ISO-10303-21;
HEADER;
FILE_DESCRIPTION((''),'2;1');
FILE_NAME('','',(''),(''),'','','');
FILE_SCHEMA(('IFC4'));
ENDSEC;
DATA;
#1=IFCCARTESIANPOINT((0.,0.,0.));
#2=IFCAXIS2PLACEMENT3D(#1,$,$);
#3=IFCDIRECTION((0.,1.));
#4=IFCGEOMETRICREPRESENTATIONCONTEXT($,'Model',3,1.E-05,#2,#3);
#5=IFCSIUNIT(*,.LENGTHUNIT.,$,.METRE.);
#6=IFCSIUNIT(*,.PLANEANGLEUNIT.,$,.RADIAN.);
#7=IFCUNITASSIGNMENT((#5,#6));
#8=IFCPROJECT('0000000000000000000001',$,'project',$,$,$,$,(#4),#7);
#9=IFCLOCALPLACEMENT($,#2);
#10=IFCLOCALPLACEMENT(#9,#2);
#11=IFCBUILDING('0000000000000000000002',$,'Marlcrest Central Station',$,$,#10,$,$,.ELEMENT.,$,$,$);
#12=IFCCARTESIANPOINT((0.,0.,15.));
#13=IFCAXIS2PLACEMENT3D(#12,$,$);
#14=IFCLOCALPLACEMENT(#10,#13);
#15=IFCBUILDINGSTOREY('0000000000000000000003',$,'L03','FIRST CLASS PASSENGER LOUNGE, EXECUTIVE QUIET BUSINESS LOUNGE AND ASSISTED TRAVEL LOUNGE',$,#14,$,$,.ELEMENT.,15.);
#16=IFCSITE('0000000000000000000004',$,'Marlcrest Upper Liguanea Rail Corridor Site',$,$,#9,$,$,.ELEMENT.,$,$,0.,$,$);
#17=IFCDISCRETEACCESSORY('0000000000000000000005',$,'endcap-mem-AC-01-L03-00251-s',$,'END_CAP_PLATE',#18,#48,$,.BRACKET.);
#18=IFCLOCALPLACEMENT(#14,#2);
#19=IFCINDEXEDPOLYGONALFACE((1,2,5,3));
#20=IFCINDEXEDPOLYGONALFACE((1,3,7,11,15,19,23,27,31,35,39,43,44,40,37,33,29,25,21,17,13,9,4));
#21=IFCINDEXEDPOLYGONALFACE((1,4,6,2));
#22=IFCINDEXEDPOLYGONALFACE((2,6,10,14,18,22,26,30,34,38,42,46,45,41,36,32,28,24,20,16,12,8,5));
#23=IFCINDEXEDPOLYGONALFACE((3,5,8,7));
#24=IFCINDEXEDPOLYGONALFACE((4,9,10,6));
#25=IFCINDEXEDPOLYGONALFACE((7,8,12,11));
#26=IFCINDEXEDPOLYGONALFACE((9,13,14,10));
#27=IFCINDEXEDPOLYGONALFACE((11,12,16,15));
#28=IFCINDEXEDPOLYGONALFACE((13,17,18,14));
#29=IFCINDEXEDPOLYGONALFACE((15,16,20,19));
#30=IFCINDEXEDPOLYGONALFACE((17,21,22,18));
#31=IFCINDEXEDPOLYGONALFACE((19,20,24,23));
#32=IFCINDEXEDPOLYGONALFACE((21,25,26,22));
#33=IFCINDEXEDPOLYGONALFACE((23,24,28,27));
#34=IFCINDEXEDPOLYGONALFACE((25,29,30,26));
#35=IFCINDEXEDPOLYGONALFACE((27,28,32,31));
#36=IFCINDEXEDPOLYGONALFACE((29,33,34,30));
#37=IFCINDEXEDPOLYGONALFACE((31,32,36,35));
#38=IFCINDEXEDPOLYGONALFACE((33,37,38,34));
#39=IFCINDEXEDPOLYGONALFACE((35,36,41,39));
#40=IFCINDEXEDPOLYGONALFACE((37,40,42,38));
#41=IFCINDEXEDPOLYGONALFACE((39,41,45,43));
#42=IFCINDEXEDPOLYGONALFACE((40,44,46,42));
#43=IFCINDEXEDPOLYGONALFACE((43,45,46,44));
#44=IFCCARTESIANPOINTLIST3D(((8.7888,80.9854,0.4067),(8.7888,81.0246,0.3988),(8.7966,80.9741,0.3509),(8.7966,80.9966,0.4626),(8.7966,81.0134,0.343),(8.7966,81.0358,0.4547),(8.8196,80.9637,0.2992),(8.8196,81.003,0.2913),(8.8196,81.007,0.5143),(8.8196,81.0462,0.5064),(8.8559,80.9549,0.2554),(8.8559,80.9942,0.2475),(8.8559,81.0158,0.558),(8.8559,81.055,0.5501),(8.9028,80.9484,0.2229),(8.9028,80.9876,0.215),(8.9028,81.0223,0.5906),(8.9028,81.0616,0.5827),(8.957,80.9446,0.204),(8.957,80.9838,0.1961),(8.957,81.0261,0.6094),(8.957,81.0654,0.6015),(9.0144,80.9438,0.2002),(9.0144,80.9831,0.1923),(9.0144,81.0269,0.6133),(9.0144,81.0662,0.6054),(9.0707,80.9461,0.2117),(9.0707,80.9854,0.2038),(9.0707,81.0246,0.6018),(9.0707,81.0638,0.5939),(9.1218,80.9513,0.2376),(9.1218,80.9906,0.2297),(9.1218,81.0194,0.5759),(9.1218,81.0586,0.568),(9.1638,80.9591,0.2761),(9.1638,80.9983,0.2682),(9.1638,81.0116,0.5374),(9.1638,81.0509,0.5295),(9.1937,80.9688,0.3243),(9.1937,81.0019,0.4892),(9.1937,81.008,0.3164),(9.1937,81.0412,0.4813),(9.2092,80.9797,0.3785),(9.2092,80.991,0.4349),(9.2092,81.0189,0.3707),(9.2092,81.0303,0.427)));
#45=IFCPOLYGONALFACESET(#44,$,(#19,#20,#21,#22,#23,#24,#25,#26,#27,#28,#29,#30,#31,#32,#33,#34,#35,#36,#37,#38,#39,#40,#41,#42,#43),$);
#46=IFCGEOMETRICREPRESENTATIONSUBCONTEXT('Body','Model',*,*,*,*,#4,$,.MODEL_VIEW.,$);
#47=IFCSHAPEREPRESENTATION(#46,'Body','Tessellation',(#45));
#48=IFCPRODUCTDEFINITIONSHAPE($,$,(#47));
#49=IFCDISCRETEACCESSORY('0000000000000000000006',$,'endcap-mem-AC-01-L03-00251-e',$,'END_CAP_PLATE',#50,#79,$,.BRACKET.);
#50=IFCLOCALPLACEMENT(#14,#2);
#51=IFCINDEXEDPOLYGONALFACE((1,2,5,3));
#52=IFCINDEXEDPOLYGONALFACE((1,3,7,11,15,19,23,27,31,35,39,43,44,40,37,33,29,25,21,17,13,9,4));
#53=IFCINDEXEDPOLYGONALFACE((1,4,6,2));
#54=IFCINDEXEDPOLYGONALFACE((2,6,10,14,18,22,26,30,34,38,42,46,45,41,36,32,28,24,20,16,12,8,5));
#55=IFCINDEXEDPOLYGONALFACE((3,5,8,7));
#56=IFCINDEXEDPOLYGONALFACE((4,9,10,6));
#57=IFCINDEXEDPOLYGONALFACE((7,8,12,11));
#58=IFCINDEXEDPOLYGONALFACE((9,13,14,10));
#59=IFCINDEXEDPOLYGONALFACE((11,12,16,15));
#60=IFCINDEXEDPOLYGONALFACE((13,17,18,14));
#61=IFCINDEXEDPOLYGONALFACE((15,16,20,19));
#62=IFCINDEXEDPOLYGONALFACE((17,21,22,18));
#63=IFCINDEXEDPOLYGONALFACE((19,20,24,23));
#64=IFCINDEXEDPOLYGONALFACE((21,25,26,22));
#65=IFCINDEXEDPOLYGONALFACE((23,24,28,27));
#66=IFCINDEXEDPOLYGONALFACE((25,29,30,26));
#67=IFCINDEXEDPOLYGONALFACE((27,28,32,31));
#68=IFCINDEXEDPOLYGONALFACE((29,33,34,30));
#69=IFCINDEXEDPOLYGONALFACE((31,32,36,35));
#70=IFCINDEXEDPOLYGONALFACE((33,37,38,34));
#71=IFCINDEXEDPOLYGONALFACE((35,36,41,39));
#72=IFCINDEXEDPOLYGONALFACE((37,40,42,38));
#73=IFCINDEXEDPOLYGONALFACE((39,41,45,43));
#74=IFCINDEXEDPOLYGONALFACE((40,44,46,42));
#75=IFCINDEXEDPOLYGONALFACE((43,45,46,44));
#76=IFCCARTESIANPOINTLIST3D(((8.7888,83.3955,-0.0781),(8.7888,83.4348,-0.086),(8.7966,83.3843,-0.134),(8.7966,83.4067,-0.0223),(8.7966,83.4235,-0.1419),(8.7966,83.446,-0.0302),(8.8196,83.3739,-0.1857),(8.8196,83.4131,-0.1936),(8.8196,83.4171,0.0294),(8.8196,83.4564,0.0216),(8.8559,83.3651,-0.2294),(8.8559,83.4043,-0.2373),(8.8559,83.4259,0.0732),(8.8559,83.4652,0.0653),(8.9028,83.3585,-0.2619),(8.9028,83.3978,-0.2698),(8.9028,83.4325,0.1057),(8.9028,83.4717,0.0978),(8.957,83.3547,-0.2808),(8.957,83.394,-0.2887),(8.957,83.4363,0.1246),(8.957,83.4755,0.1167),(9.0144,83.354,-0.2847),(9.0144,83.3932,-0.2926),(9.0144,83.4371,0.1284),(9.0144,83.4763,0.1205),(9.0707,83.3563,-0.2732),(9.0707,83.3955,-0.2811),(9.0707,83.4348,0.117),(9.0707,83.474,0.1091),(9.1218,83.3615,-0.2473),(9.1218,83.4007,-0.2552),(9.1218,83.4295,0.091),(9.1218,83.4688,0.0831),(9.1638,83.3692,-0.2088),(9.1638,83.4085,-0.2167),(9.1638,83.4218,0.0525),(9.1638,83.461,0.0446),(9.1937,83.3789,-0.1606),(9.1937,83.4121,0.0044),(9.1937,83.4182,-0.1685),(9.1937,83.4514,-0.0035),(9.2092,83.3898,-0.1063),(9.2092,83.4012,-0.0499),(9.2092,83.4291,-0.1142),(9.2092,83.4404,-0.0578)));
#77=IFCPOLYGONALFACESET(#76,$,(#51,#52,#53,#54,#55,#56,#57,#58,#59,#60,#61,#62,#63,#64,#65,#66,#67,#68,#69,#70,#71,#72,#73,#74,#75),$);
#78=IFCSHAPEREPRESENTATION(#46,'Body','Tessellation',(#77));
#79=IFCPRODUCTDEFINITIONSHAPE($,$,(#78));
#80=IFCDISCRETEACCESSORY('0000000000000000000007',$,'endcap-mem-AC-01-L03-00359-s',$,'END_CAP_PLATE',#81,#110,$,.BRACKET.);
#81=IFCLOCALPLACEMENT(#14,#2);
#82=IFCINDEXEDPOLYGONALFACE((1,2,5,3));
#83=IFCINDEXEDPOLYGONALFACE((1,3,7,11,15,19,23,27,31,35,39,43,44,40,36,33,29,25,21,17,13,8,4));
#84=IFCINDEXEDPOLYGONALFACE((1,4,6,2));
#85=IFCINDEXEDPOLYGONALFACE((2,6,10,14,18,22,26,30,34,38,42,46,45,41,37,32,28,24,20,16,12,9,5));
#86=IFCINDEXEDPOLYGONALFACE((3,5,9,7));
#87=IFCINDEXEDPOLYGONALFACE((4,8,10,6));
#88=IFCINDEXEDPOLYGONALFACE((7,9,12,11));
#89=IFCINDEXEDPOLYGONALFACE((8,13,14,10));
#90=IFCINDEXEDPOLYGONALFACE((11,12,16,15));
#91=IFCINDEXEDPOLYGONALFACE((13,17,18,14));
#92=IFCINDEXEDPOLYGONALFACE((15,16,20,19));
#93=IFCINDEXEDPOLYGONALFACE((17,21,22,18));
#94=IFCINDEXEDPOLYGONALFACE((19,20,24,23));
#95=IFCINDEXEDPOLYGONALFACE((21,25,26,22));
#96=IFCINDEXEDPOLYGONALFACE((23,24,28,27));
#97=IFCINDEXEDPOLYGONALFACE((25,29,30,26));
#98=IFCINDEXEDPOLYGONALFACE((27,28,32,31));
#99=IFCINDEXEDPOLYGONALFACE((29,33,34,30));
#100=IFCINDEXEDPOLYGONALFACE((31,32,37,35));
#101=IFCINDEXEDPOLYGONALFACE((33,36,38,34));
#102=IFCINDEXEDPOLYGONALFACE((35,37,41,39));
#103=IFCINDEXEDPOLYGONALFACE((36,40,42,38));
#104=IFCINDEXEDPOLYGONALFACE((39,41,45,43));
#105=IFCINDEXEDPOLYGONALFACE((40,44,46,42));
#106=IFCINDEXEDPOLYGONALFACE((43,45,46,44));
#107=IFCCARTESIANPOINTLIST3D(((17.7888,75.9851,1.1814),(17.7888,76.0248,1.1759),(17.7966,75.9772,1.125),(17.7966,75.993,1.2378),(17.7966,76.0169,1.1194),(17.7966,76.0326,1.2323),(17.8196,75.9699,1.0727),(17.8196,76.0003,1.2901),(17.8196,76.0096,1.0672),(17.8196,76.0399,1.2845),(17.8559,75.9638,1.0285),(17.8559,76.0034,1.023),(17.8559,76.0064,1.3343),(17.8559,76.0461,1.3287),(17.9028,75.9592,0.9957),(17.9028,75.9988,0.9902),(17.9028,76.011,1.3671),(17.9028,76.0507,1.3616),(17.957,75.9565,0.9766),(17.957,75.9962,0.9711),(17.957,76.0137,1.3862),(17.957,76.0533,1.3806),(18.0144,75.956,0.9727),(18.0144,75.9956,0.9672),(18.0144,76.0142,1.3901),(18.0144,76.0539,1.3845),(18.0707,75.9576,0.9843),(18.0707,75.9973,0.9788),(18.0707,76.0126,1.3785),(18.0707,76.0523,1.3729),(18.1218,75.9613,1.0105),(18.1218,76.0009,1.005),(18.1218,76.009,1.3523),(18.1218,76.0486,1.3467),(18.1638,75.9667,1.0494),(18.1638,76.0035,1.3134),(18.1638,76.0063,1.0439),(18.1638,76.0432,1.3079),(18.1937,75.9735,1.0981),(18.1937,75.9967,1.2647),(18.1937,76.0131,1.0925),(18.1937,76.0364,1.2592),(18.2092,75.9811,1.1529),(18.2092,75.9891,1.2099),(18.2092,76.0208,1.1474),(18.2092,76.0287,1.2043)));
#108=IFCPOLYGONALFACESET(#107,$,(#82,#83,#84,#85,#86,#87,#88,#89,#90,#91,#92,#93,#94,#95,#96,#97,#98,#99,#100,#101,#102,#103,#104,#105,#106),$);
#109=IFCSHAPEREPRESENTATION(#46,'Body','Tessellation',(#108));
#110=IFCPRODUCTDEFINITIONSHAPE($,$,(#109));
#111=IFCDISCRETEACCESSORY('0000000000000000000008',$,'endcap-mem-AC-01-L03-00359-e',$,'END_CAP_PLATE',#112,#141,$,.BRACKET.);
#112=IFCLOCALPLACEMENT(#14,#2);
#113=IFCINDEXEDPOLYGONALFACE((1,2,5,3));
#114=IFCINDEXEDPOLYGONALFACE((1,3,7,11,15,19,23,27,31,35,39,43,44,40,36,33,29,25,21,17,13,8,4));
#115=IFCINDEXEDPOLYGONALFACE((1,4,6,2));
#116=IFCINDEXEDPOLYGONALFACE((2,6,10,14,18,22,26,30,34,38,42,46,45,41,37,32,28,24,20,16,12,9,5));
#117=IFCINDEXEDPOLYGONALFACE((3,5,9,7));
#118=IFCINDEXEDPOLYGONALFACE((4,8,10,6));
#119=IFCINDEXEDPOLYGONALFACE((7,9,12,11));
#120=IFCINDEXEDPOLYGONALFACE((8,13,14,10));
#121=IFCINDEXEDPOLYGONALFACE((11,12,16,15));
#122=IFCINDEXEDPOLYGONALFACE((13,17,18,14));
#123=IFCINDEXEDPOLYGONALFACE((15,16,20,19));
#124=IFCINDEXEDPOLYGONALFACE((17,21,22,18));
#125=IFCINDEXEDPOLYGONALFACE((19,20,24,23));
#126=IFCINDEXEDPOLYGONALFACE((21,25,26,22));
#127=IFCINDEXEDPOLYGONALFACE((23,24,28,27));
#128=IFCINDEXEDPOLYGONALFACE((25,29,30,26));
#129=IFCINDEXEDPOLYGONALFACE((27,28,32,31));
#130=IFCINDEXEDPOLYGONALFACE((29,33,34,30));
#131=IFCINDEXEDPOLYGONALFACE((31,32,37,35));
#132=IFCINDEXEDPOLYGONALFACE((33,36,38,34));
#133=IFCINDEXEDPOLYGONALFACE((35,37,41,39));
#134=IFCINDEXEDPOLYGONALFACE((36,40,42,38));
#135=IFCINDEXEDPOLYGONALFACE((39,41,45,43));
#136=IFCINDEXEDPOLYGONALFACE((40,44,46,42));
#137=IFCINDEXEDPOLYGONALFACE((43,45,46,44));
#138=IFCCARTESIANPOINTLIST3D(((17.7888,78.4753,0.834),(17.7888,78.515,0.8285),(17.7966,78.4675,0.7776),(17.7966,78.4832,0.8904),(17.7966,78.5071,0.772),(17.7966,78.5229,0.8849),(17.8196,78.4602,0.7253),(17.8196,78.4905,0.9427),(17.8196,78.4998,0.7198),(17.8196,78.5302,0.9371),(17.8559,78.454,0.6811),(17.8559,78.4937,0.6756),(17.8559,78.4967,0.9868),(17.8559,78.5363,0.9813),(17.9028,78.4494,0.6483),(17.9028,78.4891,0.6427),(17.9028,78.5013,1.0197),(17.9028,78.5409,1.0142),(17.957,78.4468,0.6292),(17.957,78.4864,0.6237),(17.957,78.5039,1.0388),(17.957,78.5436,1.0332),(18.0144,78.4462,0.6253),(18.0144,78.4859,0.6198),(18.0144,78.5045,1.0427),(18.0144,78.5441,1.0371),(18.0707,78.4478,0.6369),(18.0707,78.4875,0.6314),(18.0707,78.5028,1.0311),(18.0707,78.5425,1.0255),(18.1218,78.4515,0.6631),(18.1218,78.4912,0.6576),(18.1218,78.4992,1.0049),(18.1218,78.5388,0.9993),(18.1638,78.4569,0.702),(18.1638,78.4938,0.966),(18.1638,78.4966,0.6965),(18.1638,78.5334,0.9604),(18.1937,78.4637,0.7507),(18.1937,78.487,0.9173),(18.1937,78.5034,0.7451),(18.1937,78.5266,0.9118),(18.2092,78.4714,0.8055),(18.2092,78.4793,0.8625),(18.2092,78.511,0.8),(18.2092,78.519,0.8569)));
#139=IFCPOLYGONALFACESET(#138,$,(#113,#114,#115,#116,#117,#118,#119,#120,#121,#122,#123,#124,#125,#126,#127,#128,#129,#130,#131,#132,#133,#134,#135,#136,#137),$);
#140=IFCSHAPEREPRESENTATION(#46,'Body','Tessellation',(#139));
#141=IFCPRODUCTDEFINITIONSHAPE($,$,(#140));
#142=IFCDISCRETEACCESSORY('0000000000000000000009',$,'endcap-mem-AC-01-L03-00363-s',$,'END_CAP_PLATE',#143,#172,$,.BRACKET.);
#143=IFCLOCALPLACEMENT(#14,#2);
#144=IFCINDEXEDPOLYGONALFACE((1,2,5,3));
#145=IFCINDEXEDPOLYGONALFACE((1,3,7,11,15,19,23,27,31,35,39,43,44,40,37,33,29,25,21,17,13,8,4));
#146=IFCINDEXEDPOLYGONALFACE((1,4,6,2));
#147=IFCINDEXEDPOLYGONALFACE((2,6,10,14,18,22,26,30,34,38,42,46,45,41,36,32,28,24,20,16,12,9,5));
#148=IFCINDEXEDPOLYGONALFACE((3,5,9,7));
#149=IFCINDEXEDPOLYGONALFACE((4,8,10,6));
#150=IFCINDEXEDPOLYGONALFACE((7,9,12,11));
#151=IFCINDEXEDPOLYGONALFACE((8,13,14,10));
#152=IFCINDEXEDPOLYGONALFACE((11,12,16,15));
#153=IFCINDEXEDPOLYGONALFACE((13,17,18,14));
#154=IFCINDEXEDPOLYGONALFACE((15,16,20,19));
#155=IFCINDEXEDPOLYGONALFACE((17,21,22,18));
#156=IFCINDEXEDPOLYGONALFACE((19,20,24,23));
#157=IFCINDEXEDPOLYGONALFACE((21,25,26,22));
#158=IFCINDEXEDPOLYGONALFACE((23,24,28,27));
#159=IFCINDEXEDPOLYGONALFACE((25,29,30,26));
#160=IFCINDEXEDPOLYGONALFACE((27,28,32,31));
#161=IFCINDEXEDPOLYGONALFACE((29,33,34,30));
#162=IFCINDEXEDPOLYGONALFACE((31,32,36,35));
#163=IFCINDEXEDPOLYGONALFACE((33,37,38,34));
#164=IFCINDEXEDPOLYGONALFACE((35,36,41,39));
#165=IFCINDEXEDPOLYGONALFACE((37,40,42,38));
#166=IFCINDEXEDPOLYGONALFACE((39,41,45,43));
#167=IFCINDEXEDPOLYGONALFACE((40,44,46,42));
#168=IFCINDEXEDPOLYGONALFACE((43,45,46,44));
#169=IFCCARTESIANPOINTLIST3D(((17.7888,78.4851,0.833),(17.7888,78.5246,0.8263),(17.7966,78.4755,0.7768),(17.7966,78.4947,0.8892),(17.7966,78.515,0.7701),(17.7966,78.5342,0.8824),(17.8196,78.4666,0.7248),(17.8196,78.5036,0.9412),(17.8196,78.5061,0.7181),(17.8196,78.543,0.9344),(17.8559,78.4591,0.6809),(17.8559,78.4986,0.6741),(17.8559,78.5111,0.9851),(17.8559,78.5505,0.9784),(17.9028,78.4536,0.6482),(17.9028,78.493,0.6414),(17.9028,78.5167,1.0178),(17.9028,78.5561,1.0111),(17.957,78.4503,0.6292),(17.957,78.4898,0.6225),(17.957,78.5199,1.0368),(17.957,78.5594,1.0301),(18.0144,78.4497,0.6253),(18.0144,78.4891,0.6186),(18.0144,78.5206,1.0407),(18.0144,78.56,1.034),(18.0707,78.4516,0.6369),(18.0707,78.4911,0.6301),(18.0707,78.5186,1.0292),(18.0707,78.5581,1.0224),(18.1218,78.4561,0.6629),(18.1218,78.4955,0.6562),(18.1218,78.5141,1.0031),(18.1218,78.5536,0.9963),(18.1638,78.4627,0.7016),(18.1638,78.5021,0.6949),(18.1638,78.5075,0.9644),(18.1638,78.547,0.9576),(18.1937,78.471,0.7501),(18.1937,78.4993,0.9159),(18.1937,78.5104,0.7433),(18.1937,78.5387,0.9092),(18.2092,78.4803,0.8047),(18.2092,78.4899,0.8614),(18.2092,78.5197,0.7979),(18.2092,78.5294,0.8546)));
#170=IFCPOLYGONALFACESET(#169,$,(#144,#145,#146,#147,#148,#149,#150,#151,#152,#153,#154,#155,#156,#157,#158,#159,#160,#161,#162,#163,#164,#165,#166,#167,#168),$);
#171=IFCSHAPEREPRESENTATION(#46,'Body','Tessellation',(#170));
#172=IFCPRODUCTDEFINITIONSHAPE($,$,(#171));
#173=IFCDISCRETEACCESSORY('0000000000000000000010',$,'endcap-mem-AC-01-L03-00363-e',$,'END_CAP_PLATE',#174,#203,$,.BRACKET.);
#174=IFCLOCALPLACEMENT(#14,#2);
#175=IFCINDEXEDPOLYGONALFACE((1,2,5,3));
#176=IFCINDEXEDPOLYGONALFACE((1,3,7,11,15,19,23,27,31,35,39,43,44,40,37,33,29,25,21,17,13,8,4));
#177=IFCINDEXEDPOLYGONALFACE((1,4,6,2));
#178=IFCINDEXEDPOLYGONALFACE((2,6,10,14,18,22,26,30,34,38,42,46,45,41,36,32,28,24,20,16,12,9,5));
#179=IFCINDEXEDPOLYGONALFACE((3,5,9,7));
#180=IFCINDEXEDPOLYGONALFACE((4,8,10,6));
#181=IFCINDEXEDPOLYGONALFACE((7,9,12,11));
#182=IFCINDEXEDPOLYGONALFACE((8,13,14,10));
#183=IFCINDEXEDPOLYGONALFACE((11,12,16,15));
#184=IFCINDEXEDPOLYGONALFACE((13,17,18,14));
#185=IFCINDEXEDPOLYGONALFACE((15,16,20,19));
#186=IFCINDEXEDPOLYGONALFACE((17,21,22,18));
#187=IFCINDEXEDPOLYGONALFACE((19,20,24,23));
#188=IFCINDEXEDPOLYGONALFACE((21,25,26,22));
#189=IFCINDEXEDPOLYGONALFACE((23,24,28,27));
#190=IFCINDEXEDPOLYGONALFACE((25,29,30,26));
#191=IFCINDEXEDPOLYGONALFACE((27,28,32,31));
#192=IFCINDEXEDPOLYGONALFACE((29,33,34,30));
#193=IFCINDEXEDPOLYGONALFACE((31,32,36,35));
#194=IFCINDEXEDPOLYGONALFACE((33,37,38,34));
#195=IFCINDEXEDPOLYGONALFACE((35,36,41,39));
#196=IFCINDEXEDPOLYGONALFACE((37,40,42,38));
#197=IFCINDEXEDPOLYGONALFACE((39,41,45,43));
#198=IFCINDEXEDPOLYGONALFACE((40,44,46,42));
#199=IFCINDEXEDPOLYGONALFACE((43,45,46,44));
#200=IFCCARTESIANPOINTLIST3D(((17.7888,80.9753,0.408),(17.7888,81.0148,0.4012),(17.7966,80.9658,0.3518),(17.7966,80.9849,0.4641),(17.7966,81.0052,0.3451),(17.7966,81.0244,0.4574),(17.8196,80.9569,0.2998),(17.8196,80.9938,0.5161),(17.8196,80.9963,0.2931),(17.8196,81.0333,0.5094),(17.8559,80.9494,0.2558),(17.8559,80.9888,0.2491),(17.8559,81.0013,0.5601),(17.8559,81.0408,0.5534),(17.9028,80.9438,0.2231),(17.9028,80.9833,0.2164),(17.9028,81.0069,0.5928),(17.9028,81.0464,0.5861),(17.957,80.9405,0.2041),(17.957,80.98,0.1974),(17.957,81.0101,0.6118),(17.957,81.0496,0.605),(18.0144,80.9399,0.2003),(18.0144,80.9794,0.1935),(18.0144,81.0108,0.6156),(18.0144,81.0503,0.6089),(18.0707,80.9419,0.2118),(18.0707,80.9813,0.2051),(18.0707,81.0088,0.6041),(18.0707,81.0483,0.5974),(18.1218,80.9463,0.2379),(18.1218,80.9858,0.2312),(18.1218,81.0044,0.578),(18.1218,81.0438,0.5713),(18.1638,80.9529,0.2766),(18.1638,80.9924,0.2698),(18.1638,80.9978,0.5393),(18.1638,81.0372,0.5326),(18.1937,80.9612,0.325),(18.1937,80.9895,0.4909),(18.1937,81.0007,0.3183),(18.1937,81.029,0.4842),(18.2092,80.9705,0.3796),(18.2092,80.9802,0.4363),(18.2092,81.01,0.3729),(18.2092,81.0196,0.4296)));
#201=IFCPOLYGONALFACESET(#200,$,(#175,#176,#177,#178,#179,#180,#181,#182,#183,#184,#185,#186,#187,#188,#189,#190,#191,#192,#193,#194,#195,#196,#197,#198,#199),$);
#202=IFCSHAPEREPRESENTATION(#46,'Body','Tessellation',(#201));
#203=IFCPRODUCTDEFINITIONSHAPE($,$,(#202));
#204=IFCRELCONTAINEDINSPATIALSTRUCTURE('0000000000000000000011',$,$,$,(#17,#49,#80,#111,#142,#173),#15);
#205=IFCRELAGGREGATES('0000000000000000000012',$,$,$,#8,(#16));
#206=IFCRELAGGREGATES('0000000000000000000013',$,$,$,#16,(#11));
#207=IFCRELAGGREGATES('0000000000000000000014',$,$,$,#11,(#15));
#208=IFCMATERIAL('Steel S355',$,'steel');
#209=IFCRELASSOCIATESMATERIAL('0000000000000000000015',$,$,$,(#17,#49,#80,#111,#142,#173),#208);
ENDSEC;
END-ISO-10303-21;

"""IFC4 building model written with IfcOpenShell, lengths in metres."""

from ifc_helpers import new_model, si_unit, direction, frame, origin, origin_2d, place, context, subcontext, project, spatial, circle, extrude, material, element, save


model = new_model("IFC4")

# Units and contexts
model_context = context("Model", 3, precision=1e-05, world=origin(), true_north=direction((0.0, 1.0)))
body_context = subcontext(model_context, "Body", "Model", "MODEL_VIEW")
ifc_project = project(units=[si_unit("LENGTHUNIT", "METRE"), si_unit("PLANEANGLEUNIT", "RADIAN")], contexts=[model_context])

# Site, building, storey
site_placement = place(None, origin())
site = spatial("IfcSite", under=ifc_project, at=site_placement, Name="Marlcrest Upper Liguanea Rail Corridor Site", CompositionType="ELEMENT", RefElevation=0.0)
building_placement = place(site_placement, origin())
building = spatial("IfcBuilding", under=site, at=building_placement, Name="Marlcrest Central Station", CompositionType="ELEMENT")
storey_placement = place(building_placement, frame((0.0, 0.0, 15.0)))
storey = spatial("IfcBuildingStorey", under=building, at=storey_placement, Name="L03", Description="FIRST CLASS PASSENGER LOUNGE, EXECUTIVE QUIET BUSINESS LOUNGE AND ASSISTED TRAVEL LOUNGE", CompositionType="ELEMENT", Elevation=15.0)

# Shared definitions
ifc_material_1 = material(Name="Steel S355", Category="steel")

# Discrete accessories
for number, where, z_axis, x_axis, name in (
    (1, (9.0, 80.9854, 0.4067), (0.0, 0.980359, -0.197219), (-1.0, 0.0, 0.0), "endcap-mem-AC-01-L03-00251-s"),
    (2, (9.0, 83.3955, -0.0781), (0.0, 0.980359, -0.197219), (-1.0, 0.0, 0.0), "endcap-mem-AC-01-L03-00251-e"),
    (3, (18.0, 75.9851, 1.1814), (0.0, 0.990403, -0.138211), (-1.0, 0.0, 0.0), "endcap-mem-AC-01-L03-00359-s"),
    (4, (18.0, 78.4753, 0.834), (0.0, 0.990403, -0.138211), (-1.0, 0.0, 0.0), "endcap-mem-AC-01-L03-00359-e"),
    (5, (18.0, 78.4851, 0.833), (0.0, 0.985741, -0.168269), (-1.0, 0.0, 0.0), "endcap-mem-AC-01-L03-00363-s"),
    (6, (18.0, 80.9753, 0.408), (0.0, 0.985741, -0.168269), (-1.0, 0.0, 0.0), "endcap-mem-AC-01-L03-00363-e"),
):
    element("IfcDiscreteAccessory", number, at=place(storey_placement, frame(where, z_axis=z_axis, x_axis=x_axis)), inside=storey, material=ifc_material_1, Name=name, ObjectType="END_CAP_PLATE", PredefinedType="BRACKET", context=body_context, shape_type="SweptSolid", body=[
        extrude(circle(Radius=0.2112, at=origin_2d()), origin(), (0.0, 0.0, 1.0), 0.04),
    ])

save(model, "model.ifc")
